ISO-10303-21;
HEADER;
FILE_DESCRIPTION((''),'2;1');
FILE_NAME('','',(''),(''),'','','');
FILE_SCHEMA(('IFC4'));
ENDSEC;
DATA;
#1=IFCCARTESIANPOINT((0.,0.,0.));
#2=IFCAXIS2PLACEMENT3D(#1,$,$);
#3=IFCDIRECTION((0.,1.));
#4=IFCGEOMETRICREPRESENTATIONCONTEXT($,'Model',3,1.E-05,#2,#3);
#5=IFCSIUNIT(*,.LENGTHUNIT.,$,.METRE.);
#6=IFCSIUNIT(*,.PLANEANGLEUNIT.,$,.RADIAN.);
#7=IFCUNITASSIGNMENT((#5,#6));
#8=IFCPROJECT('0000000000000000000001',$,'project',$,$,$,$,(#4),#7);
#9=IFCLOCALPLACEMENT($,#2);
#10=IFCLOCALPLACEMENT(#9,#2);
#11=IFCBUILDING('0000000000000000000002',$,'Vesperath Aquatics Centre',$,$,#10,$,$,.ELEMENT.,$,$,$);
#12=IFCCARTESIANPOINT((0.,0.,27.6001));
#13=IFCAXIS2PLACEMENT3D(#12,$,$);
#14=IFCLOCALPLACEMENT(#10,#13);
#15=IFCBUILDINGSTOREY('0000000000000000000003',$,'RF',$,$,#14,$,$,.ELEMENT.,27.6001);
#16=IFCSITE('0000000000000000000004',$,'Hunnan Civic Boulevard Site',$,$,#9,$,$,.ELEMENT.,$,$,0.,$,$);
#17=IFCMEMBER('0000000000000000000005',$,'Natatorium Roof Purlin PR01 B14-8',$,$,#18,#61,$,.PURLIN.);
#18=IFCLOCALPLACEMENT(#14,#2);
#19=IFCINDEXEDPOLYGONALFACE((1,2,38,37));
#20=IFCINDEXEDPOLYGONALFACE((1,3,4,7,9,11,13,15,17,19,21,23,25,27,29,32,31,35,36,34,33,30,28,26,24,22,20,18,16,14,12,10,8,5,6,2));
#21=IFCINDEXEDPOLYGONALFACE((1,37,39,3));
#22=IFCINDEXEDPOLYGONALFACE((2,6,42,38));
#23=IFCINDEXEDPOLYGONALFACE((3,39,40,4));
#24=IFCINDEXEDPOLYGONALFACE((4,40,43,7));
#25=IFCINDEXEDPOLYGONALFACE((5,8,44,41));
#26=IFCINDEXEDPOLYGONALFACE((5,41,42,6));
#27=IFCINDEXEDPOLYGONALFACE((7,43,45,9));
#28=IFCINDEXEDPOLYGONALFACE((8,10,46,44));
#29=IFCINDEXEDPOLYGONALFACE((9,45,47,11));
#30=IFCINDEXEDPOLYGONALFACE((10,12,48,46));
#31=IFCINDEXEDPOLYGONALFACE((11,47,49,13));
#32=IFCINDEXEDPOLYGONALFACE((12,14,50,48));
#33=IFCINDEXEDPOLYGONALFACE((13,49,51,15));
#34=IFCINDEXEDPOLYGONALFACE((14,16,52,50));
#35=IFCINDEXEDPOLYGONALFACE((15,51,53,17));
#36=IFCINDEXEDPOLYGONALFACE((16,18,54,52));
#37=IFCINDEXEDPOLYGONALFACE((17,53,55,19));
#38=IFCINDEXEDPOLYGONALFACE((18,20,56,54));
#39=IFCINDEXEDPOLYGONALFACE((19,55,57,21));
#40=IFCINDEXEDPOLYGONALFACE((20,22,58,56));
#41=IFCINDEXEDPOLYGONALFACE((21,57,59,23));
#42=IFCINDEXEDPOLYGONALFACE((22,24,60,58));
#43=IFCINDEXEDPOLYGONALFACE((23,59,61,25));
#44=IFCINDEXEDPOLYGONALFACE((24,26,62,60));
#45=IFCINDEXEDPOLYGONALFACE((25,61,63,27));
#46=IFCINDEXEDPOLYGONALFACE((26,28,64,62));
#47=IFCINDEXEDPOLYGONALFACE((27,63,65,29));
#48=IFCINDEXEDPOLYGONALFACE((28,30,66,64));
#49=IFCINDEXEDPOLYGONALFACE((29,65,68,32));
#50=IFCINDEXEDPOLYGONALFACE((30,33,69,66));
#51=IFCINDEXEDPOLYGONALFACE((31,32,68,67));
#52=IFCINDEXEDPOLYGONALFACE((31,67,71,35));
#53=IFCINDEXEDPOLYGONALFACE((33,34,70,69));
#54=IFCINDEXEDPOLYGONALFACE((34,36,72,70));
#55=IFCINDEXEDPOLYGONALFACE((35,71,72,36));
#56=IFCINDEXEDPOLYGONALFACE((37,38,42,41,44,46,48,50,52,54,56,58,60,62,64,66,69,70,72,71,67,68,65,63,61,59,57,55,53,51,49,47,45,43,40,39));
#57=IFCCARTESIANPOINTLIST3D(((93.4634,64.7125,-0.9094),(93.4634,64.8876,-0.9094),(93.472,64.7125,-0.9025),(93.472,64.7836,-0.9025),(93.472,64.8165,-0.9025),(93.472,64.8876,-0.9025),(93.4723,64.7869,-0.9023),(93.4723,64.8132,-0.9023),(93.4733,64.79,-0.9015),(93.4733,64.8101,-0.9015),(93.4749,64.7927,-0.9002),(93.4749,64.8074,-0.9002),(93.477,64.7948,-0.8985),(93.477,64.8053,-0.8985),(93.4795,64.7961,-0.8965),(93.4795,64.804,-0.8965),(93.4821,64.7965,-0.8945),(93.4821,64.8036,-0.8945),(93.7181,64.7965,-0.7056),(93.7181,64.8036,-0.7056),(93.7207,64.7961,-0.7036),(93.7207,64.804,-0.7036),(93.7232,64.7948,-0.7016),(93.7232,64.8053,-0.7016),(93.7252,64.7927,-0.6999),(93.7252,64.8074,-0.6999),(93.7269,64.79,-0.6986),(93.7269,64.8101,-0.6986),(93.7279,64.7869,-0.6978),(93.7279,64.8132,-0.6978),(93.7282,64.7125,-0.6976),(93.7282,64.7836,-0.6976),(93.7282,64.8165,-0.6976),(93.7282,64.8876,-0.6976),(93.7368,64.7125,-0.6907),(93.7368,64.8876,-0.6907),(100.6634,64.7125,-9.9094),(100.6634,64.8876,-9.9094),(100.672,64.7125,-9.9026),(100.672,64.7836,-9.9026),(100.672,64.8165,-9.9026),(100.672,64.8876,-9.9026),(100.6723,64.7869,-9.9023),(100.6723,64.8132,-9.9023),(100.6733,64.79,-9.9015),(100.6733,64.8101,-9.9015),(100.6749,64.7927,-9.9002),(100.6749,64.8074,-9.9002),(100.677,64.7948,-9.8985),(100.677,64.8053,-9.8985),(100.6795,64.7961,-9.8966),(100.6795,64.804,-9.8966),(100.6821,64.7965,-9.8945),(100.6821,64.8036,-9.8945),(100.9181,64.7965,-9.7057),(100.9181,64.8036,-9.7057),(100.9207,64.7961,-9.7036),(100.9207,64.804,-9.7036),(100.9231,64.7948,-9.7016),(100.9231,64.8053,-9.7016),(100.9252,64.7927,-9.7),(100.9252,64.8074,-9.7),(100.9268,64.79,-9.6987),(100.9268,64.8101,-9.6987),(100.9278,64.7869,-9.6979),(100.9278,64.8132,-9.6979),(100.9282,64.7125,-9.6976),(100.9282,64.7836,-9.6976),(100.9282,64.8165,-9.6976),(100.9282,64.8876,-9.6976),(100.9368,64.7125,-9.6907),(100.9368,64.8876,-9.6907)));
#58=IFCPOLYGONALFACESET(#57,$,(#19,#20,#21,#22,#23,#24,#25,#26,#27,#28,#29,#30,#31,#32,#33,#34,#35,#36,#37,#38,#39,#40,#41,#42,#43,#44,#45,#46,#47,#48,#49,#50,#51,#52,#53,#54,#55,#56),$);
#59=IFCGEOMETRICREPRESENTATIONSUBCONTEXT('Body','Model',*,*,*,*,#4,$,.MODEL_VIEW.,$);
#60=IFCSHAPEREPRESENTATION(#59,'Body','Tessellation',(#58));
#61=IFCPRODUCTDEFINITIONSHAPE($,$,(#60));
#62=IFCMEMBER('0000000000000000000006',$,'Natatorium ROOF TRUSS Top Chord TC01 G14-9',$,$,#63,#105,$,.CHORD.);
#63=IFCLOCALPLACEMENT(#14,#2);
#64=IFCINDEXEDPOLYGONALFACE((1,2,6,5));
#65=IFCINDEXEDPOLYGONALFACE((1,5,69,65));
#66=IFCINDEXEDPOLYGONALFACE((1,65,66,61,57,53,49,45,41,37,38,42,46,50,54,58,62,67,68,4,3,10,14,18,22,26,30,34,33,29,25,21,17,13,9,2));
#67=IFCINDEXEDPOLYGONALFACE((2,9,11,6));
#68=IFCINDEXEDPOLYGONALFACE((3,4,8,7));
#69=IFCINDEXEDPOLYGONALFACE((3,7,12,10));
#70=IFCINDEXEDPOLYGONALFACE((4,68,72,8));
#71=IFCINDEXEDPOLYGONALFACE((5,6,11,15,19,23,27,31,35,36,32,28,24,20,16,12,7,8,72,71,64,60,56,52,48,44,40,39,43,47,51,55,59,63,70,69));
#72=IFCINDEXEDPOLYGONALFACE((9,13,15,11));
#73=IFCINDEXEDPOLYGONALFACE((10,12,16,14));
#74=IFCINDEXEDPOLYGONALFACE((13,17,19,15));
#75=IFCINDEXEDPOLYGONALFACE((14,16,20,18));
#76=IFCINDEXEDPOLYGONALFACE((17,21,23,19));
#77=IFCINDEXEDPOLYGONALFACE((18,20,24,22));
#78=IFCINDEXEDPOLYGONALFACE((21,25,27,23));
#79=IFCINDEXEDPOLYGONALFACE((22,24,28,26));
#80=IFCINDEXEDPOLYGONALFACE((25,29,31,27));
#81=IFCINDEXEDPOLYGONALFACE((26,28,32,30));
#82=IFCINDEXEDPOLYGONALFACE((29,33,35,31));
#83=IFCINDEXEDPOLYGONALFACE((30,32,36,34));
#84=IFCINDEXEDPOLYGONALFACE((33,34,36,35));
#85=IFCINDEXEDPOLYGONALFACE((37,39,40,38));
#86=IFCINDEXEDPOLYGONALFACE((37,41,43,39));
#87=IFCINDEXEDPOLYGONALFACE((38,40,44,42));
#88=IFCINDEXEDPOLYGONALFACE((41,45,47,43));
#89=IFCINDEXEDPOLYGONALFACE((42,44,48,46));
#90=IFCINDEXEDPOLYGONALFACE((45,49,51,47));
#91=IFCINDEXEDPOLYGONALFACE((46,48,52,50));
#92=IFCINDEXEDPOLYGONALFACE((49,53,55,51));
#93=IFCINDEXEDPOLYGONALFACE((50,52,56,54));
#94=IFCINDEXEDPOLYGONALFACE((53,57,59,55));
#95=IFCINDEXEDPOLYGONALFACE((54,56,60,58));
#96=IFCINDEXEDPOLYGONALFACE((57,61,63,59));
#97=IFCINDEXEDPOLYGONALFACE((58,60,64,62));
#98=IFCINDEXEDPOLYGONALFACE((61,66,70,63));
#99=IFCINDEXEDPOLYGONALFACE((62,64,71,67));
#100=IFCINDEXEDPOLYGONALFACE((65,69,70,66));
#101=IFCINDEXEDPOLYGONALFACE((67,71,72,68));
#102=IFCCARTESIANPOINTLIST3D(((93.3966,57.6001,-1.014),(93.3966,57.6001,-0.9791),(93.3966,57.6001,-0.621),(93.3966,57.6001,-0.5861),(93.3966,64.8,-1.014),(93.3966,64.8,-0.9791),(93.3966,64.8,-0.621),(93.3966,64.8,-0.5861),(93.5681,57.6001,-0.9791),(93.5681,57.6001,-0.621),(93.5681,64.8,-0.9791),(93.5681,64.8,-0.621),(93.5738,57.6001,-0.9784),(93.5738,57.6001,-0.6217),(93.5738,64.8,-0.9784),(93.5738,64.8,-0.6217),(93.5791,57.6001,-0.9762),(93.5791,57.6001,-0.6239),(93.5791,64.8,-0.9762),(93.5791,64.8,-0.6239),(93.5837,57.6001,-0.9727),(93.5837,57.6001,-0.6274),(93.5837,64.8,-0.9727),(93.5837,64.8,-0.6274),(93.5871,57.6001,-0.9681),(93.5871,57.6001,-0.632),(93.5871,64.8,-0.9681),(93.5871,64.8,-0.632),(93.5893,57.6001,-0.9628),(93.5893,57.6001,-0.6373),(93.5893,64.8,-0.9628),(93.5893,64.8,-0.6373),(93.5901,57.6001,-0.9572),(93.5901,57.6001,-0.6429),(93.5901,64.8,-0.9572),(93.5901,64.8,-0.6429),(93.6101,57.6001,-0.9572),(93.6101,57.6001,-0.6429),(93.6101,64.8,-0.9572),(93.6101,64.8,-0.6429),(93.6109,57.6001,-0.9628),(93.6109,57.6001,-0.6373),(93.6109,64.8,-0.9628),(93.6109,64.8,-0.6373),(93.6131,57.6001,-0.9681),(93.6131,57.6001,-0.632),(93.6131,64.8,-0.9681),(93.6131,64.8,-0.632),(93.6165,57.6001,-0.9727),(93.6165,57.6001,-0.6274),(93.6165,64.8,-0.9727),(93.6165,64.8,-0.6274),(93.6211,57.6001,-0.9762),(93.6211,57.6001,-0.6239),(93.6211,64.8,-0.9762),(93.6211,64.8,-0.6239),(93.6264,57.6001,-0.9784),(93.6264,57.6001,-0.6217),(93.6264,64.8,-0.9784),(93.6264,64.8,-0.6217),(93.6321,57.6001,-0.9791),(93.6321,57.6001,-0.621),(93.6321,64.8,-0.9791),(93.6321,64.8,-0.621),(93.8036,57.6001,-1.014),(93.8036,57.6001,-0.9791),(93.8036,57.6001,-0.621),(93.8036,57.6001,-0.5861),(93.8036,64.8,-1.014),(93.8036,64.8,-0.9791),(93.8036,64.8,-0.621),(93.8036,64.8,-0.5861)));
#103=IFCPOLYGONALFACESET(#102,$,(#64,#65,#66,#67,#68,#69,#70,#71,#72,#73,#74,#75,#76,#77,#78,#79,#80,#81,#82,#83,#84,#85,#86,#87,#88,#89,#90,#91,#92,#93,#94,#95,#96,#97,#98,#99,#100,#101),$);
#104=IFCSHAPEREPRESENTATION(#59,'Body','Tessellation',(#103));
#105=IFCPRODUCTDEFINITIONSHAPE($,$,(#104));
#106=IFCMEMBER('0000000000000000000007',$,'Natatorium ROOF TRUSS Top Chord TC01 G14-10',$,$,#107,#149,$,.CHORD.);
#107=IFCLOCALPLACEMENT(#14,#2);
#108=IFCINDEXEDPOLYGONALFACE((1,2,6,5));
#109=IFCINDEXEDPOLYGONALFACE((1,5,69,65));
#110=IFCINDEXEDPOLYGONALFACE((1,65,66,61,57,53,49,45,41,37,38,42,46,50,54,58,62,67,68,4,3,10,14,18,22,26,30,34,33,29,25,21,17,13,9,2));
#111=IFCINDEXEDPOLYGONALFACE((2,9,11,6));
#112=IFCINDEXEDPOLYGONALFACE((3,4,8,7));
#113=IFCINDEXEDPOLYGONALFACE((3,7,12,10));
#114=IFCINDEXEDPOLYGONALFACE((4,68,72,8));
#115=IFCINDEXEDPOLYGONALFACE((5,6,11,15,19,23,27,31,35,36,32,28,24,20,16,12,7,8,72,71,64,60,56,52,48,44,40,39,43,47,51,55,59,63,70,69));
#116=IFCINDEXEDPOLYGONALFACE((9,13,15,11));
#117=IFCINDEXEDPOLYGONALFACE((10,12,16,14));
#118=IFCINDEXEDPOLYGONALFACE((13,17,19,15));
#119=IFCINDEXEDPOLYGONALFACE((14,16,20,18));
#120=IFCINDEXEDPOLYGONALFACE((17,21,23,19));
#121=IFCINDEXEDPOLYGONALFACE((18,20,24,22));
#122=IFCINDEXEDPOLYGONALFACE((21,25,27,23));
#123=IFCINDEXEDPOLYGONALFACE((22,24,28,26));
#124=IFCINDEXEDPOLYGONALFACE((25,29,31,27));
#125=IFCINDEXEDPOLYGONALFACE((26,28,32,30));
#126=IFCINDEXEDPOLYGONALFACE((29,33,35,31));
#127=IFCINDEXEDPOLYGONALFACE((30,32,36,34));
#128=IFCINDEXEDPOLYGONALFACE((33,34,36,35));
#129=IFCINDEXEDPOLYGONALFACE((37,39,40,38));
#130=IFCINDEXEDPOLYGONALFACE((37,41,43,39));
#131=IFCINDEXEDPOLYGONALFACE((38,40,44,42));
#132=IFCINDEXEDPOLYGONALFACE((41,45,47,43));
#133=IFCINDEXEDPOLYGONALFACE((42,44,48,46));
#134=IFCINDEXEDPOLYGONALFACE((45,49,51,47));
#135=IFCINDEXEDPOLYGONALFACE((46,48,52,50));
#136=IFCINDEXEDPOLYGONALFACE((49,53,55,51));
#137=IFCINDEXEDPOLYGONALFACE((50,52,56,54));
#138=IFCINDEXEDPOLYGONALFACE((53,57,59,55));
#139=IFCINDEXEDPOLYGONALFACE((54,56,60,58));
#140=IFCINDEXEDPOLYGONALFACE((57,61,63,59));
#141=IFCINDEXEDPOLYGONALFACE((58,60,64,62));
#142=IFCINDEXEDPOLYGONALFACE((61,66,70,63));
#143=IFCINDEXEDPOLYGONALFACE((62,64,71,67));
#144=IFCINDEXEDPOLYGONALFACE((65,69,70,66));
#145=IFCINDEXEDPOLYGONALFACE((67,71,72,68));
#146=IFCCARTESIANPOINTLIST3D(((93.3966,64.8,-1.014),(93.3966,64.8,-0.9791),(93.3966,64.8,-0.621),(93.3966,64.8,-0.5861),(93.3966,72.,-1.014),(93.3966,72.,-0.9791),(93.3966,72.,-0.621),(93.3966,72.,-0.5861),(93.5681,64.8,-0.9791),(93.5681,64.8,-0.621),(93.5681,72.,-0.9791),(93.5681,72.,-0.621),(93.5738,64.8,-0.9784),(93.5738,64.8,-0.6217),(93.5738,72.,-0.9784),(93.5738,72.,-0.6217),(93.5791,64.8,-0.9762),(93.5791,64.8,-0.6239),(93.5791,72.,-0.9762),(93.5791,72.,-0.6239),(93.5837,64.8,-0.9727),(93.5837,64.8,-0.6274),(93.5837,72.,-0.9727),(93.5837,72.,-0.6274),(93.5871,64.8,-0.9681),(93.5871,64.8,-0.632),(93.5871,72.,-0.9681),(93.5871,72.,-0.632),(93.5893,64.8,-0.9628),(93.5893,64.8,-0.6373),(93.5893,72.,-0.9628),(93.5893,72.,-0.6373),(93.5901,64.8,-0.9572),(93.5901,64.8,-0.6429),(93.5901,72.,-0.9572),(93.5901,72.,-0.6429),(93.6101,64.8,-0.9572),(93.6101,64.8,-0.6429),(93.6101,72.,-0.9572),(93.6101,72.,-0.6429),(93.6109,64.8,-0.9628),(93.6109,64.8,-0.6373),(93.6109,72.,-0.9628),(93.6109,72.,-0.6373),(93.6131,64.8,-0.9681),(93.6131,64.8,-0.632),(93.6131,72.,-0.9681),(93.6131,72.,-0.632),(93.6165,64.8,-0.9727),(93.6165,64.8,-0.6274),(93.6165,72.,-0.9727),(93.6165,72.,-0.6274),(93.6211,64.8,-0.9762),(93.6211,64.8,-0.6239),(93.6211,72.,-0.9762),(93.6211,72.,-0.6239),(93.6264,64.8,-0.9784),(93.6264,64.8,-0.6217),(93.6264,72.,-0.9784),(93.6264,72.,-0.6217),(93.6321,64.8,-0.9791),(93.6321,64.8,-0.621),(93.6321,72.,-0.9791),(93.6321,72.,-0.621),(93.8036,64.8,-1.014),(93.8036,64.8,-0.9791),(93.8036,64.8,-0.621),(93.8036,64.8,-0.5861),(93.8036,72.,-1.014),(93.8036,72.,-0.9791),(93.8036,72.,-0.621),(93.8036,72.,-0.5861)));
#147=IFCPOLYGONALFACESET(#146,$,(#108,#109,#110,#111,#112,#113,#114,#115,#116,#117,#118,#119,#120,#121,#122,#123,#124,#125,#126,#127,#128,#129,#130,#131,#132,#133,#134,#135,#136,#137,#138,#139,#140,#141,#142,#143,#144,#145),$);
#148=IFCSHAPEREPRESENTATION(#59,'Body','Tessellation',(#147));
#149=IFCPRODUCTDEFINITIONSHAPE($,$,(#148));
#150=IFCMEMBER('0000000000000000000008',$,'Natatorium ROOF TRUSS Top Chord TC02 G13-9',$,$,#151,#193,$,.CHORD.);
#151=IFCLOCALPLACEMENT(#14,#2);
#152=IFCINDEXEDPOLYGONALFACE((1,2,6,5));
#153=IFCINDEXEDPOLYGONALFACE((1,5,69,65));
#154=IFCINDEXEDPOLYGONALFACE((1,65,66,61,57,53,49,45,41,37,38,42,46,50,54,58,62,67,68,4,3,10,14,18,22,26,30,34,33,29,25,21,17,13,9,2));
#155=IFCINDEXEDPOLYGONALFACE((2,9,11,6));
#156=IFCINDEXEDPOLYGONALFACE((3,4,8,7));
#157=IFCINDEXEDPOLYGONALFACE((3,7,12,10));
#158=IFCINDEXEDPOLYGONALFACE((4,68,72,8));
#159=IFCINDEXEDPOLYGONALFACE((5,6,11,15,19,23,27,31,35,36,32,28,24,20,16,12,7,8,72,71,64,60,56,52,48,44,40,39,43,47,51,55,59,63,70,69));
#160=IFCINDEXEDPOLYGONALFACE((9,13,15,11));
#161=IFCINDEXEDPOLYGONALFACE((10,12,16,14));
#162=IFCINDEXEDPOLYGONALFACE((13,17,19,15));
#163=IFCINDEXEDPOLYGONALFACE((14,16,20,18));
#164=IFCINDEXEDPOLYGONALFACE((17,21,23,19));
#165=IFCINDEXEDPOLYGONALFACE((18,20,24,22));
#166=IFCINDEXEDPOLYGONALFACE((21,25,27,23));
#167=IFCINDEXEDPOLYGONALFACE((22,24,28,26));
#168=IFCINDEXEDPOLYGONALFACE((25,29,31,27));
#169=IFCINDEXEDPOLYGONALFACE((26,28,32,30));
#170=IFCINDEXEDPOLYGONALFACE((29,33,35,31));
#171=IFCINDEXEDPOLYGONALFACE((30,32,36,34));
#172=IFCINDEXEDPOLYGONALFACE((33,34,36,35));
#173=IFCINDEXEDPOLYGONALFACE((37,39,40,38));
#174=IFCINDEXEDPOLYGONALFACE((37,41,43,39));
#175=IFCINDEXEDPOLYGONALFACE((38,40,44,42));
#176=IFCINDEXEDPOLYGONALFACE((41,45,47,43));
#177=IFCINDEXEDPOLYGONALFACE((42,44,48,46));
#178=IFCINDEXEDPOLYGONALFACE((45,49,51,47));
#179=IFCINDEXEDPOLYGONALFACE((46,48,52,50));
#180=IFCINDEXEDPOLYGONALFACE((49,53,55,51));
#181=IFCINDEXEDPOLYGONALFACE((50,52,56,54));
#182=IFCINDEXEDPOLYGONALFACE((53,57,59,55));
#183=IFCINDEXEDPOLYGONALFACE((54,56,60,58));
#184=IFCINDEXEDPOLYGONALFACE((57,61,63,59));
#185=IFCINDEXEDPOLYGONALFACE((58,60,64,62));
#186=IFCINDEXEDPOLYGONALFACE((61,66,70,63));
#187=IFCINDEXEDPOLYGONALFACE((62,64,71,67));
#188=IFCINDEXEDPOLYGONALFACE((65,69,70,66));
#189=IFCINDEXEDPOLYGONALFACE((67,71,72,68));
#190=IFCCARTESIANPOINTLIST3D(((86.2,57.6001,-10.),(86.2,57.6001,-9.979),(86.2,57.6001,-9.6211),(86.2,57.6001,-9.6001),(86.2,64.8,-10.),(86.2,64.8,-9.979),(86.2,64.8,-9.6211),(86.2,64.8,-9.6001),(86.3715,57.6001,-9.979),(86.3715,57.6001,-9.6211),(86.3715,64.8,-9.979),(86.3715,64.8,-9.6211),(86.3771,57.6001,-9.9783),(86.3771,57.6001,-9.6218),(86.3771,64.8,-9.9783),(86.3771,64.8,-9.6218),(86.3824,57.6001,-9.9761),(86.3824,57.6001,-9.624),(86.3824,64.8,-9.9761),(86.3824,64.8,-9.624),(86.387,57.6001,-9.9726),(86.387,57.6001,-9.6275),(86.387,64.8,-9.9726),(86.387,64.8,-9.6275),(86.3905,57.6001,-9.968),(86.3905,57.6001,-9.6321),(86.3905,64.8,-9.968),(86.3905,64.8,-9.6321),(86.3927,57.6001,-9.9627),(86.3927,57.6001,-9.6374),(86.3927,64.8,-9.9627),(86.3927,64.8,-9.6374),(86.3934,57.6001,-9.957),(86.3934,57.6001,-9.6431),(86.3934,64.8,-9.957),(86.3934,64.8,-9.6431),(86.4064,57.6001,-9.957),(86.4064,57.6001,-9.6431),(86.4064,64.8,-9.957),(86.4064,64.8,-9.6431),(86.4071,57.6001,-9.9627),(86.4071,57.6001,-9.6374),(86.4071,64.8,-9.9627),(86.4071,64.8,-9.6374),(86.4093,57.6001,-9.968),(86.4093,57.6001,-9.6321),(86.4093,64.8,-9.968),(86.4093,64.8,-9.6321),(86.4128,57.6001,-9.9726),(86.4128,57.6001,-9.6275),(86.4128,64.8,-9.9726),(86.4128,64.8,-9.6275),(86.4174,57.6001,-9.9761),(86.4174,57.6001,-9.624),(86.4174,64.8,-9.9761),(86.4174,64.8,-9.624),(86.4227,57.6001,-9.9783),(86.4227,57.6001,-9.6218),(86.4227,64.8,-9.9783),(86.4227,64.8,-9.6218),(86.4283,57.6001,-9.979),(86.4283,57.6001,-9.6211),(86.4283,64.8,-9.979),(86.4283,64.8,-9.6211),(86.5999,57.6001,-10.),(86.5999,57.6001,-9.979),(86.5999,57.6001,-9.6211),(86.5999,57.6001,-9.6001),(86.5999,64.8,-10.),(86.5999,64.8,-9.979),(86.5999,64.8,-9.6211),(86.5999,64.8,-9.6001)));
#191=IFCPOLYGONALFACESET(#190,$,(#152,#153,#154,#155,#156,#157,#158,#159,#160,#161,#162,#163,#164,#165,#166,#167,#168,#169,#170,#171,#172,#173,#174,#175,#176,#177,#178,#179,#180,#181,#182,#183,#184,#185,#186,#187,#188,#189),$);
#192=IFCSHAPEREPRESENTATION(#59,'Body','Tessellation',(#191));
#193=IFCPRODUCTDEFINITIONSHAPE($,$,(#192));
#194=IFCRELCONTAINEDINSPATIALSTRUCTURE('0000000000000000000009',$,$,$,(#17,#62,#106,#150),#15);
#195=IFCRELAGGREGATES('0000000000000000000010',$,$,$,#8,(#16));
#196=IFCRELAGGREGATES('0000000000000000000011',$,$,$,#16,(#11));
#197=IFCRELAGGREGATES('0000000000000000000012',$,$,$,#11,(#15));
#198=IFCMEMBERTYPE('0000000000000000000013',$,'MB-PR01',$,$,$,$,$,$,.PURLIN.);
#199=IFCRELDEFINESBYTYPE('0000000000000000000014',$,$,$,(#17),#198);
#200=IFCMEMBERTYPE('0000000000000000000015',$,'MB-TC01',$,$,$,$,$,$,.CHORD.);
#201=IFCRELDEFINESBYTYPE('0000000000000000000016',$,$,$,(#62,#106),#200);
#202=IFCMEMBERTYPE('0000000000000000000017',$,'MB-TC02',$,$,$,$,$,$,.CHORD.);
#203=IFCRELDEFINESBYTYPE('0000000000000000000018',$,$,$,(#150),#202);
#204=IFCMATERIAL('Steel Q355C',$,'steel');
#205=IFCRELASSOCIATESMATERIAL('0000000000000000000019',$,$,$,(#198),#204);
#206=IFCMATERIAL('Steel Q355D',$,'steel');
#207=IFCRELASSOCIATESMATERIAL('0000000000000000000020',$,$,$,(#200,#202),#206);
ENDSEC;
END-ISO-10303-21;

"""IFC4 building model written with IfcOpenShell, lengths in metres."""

from ifc_helpers import new_model, si_unit, direction, frame, origin, origin_2d, place, context, subcontext, project, spatial, i_section, extrude, material, material_profile, profile_set, type_object, element, save


model = new_model("IFC4")

# Units and contexts
model_context = context("Model", 3, precision=1e-05, world=origin(), true_north=direction((0.0, 1.0)))
body_context = subcontext(model_context, "Body", "Model", "MODEL_VIEW")
ifc_project = project(units=[si_unit("LENGTHUNIT", "METRE"), si_unit("PLANEANGLEUNIT", "RADIAN")], contexts=[model_context])

# Site, building, storey
site_placement = place(None, origin())
site = spatial("IfcSite", under=ifc_project, at=site_placement, Name="Hunnan Civic Boulevard Site", CompositionType="ELEMENT", RefElevation=0.0)
building_placement = place(site_placement, origin())
building = spatial("IfcBuilding", under=site, at=building_placement, Name="Vesperath Aquatics Centre", CompositionType="ELEMENT")
storey_placement = place(building_placement, frame((0.0, 0.0, 27.6001)))
storey = spatial("IfcBuildingStorey", under=building, at=storey_placement, Name="RF", CompositionType="ELEMENT", Elevation=27.6001)

# Shared definitions
ifc_material_1 = material(Name="Steel Q355C", Category="steel")
ifc_material_2 = material(Name="Steel Q355D", Category="steel")

# Members
ifc_material_profile_1 = material_profile(ifc_material_1, i_section(OverallWidth=0.175, OverallDepth=0.3501, WebThickness=0.0071, FlangeThickness=0.011, FilletRadius=0.0129, at=origin_2d()), Name="HN 350x175x7x11")
ifc_profile_set_1 = profile_set([ifc_material_profile_1], Name="Steel Q355C")
member_type_1 = type_object("IfcMemberType", Name="MB-PR01", PredefinedType="PURLIN", material=ifc_profile_set_1)
for number, where, z_axis, x_axis, name in (
    (1, (93.6001, 64.8, -0.8), (0.624692, 0.0, -0.780871), (0.0, 1.0, 0.0), "Natatorium Roof Purlin PR01 B14-8"),
):
    element("IfcMember", number, at=place(storey_placement, frame(where, z_axis=z_axis, x_axis=x_axis)), inside=storey, type_object=member_type_1, Name=name, PredefinedType="PURLIN", context=body_context, shape_type="SweptSolid", body=[
        extrude(i_section(OverallWidth=0.175, OverallDepth=0.3501, WebThickness=0.0071, FlangeThickness=0.011, FilletRadius=0.0129, at=origin_2d()), origin(), (0.0, 0.0, 1.0), 11.5256),
    ])
ifc_material_profile_2 = material_profile(ifc_material_2, i_section(OverallWidth=0.407, OverallDepth=0.428, WebThickness=0.02, FlangeThickness=0.0349, FilletRadius=0.022, at=origin_2d()), Name="HW 428x407x20x35")
ifc_profile_set_2 = profile_set([ifc_material_profile_2], Name="Steel Q355D")
member_type_2 = type_object("IfcMemberType", Name="MB-TC01", PredefinedType="CHORD", material=ifc_profile_set_2)
for number, where, z_axis, x_axis, name in (
    (2, (93.6001, 57.6001, -0.8), (0.0, 1.0, 0.0), (-1.0, 0.0, 0.0), "Natatorium ROOF TRUSS Top Chord TC01 G14-9"),
    (3, (93.6001, 64.8, -0.8), (0.0, 1.0, 0.0), (-1.0, 0.0, 0.0), "Natatorium ROOF TRUSS Top Chord TC01 G14-10"),
):
    element("IfcMember", number, at=place(storey_placement, frame(where, z_axis=z_axis, x_axis=x_axis)), inside=storey, type_object=member_type_2, Name=name, PredefinedType="CHORD", context=body_context, shape_type="SweptSolid", body=[
        extrude(i_section(OverallWidth=0.407, OverallDepth=0.428, WebThickness=0.02, FlangeThickness=0.0349, FilletRadius=0.022, at=origin_2d()), origin(), (0.0, 0.0, 1.0), 7.2),
    ])
ifc_material_profile_3 = material_profile(ifc_material_2, i_section(OverallWidth=0.3999, OverallDepth=0.3999, WebThickness=0.0129, FlangeThickness=0.021, FilletRadius=0.022, at=origin_2d()), Name="HW 400x400x13x21")
ifc_profile_set_3 = profile_set([ifc_material_profile_3], Name="Steel Q355D")
member_type_3 = type_object("IfcMemberType", Name="MB-TC02", PredefinedType="CHORD", material=ifc_profile_set_3)
for number, where, z_axis, x_axis, name in (
    (4, (86.3999, 57.6001, -9.8), (0.0, 1.0, 0.0), (-1.0, 0.0, 0.0), "Natatorium ROOF TRUSS Top Chord TC02 G13-9"),
):
    element("IfcMember", number, at=place(storey_placement, frame(where, z_axis=z_axis, x_axis=x_axis)), inside=storey, type_object=member_type_3, Name=name, PredefinedType="CHORD", context=body_context, shape_type="SweptSolid", body=[
        extrude(i_section(OverallWidth=0.3999, OverallDepth=0.3999, WebThickness=0.0129, FlangeThickness=0.021, FilletRadius=0.022, at=origin_2d()), origin(), (0.0, 0.0, 1.0), 7.2),
    ])

save(model, "model.ifc")
